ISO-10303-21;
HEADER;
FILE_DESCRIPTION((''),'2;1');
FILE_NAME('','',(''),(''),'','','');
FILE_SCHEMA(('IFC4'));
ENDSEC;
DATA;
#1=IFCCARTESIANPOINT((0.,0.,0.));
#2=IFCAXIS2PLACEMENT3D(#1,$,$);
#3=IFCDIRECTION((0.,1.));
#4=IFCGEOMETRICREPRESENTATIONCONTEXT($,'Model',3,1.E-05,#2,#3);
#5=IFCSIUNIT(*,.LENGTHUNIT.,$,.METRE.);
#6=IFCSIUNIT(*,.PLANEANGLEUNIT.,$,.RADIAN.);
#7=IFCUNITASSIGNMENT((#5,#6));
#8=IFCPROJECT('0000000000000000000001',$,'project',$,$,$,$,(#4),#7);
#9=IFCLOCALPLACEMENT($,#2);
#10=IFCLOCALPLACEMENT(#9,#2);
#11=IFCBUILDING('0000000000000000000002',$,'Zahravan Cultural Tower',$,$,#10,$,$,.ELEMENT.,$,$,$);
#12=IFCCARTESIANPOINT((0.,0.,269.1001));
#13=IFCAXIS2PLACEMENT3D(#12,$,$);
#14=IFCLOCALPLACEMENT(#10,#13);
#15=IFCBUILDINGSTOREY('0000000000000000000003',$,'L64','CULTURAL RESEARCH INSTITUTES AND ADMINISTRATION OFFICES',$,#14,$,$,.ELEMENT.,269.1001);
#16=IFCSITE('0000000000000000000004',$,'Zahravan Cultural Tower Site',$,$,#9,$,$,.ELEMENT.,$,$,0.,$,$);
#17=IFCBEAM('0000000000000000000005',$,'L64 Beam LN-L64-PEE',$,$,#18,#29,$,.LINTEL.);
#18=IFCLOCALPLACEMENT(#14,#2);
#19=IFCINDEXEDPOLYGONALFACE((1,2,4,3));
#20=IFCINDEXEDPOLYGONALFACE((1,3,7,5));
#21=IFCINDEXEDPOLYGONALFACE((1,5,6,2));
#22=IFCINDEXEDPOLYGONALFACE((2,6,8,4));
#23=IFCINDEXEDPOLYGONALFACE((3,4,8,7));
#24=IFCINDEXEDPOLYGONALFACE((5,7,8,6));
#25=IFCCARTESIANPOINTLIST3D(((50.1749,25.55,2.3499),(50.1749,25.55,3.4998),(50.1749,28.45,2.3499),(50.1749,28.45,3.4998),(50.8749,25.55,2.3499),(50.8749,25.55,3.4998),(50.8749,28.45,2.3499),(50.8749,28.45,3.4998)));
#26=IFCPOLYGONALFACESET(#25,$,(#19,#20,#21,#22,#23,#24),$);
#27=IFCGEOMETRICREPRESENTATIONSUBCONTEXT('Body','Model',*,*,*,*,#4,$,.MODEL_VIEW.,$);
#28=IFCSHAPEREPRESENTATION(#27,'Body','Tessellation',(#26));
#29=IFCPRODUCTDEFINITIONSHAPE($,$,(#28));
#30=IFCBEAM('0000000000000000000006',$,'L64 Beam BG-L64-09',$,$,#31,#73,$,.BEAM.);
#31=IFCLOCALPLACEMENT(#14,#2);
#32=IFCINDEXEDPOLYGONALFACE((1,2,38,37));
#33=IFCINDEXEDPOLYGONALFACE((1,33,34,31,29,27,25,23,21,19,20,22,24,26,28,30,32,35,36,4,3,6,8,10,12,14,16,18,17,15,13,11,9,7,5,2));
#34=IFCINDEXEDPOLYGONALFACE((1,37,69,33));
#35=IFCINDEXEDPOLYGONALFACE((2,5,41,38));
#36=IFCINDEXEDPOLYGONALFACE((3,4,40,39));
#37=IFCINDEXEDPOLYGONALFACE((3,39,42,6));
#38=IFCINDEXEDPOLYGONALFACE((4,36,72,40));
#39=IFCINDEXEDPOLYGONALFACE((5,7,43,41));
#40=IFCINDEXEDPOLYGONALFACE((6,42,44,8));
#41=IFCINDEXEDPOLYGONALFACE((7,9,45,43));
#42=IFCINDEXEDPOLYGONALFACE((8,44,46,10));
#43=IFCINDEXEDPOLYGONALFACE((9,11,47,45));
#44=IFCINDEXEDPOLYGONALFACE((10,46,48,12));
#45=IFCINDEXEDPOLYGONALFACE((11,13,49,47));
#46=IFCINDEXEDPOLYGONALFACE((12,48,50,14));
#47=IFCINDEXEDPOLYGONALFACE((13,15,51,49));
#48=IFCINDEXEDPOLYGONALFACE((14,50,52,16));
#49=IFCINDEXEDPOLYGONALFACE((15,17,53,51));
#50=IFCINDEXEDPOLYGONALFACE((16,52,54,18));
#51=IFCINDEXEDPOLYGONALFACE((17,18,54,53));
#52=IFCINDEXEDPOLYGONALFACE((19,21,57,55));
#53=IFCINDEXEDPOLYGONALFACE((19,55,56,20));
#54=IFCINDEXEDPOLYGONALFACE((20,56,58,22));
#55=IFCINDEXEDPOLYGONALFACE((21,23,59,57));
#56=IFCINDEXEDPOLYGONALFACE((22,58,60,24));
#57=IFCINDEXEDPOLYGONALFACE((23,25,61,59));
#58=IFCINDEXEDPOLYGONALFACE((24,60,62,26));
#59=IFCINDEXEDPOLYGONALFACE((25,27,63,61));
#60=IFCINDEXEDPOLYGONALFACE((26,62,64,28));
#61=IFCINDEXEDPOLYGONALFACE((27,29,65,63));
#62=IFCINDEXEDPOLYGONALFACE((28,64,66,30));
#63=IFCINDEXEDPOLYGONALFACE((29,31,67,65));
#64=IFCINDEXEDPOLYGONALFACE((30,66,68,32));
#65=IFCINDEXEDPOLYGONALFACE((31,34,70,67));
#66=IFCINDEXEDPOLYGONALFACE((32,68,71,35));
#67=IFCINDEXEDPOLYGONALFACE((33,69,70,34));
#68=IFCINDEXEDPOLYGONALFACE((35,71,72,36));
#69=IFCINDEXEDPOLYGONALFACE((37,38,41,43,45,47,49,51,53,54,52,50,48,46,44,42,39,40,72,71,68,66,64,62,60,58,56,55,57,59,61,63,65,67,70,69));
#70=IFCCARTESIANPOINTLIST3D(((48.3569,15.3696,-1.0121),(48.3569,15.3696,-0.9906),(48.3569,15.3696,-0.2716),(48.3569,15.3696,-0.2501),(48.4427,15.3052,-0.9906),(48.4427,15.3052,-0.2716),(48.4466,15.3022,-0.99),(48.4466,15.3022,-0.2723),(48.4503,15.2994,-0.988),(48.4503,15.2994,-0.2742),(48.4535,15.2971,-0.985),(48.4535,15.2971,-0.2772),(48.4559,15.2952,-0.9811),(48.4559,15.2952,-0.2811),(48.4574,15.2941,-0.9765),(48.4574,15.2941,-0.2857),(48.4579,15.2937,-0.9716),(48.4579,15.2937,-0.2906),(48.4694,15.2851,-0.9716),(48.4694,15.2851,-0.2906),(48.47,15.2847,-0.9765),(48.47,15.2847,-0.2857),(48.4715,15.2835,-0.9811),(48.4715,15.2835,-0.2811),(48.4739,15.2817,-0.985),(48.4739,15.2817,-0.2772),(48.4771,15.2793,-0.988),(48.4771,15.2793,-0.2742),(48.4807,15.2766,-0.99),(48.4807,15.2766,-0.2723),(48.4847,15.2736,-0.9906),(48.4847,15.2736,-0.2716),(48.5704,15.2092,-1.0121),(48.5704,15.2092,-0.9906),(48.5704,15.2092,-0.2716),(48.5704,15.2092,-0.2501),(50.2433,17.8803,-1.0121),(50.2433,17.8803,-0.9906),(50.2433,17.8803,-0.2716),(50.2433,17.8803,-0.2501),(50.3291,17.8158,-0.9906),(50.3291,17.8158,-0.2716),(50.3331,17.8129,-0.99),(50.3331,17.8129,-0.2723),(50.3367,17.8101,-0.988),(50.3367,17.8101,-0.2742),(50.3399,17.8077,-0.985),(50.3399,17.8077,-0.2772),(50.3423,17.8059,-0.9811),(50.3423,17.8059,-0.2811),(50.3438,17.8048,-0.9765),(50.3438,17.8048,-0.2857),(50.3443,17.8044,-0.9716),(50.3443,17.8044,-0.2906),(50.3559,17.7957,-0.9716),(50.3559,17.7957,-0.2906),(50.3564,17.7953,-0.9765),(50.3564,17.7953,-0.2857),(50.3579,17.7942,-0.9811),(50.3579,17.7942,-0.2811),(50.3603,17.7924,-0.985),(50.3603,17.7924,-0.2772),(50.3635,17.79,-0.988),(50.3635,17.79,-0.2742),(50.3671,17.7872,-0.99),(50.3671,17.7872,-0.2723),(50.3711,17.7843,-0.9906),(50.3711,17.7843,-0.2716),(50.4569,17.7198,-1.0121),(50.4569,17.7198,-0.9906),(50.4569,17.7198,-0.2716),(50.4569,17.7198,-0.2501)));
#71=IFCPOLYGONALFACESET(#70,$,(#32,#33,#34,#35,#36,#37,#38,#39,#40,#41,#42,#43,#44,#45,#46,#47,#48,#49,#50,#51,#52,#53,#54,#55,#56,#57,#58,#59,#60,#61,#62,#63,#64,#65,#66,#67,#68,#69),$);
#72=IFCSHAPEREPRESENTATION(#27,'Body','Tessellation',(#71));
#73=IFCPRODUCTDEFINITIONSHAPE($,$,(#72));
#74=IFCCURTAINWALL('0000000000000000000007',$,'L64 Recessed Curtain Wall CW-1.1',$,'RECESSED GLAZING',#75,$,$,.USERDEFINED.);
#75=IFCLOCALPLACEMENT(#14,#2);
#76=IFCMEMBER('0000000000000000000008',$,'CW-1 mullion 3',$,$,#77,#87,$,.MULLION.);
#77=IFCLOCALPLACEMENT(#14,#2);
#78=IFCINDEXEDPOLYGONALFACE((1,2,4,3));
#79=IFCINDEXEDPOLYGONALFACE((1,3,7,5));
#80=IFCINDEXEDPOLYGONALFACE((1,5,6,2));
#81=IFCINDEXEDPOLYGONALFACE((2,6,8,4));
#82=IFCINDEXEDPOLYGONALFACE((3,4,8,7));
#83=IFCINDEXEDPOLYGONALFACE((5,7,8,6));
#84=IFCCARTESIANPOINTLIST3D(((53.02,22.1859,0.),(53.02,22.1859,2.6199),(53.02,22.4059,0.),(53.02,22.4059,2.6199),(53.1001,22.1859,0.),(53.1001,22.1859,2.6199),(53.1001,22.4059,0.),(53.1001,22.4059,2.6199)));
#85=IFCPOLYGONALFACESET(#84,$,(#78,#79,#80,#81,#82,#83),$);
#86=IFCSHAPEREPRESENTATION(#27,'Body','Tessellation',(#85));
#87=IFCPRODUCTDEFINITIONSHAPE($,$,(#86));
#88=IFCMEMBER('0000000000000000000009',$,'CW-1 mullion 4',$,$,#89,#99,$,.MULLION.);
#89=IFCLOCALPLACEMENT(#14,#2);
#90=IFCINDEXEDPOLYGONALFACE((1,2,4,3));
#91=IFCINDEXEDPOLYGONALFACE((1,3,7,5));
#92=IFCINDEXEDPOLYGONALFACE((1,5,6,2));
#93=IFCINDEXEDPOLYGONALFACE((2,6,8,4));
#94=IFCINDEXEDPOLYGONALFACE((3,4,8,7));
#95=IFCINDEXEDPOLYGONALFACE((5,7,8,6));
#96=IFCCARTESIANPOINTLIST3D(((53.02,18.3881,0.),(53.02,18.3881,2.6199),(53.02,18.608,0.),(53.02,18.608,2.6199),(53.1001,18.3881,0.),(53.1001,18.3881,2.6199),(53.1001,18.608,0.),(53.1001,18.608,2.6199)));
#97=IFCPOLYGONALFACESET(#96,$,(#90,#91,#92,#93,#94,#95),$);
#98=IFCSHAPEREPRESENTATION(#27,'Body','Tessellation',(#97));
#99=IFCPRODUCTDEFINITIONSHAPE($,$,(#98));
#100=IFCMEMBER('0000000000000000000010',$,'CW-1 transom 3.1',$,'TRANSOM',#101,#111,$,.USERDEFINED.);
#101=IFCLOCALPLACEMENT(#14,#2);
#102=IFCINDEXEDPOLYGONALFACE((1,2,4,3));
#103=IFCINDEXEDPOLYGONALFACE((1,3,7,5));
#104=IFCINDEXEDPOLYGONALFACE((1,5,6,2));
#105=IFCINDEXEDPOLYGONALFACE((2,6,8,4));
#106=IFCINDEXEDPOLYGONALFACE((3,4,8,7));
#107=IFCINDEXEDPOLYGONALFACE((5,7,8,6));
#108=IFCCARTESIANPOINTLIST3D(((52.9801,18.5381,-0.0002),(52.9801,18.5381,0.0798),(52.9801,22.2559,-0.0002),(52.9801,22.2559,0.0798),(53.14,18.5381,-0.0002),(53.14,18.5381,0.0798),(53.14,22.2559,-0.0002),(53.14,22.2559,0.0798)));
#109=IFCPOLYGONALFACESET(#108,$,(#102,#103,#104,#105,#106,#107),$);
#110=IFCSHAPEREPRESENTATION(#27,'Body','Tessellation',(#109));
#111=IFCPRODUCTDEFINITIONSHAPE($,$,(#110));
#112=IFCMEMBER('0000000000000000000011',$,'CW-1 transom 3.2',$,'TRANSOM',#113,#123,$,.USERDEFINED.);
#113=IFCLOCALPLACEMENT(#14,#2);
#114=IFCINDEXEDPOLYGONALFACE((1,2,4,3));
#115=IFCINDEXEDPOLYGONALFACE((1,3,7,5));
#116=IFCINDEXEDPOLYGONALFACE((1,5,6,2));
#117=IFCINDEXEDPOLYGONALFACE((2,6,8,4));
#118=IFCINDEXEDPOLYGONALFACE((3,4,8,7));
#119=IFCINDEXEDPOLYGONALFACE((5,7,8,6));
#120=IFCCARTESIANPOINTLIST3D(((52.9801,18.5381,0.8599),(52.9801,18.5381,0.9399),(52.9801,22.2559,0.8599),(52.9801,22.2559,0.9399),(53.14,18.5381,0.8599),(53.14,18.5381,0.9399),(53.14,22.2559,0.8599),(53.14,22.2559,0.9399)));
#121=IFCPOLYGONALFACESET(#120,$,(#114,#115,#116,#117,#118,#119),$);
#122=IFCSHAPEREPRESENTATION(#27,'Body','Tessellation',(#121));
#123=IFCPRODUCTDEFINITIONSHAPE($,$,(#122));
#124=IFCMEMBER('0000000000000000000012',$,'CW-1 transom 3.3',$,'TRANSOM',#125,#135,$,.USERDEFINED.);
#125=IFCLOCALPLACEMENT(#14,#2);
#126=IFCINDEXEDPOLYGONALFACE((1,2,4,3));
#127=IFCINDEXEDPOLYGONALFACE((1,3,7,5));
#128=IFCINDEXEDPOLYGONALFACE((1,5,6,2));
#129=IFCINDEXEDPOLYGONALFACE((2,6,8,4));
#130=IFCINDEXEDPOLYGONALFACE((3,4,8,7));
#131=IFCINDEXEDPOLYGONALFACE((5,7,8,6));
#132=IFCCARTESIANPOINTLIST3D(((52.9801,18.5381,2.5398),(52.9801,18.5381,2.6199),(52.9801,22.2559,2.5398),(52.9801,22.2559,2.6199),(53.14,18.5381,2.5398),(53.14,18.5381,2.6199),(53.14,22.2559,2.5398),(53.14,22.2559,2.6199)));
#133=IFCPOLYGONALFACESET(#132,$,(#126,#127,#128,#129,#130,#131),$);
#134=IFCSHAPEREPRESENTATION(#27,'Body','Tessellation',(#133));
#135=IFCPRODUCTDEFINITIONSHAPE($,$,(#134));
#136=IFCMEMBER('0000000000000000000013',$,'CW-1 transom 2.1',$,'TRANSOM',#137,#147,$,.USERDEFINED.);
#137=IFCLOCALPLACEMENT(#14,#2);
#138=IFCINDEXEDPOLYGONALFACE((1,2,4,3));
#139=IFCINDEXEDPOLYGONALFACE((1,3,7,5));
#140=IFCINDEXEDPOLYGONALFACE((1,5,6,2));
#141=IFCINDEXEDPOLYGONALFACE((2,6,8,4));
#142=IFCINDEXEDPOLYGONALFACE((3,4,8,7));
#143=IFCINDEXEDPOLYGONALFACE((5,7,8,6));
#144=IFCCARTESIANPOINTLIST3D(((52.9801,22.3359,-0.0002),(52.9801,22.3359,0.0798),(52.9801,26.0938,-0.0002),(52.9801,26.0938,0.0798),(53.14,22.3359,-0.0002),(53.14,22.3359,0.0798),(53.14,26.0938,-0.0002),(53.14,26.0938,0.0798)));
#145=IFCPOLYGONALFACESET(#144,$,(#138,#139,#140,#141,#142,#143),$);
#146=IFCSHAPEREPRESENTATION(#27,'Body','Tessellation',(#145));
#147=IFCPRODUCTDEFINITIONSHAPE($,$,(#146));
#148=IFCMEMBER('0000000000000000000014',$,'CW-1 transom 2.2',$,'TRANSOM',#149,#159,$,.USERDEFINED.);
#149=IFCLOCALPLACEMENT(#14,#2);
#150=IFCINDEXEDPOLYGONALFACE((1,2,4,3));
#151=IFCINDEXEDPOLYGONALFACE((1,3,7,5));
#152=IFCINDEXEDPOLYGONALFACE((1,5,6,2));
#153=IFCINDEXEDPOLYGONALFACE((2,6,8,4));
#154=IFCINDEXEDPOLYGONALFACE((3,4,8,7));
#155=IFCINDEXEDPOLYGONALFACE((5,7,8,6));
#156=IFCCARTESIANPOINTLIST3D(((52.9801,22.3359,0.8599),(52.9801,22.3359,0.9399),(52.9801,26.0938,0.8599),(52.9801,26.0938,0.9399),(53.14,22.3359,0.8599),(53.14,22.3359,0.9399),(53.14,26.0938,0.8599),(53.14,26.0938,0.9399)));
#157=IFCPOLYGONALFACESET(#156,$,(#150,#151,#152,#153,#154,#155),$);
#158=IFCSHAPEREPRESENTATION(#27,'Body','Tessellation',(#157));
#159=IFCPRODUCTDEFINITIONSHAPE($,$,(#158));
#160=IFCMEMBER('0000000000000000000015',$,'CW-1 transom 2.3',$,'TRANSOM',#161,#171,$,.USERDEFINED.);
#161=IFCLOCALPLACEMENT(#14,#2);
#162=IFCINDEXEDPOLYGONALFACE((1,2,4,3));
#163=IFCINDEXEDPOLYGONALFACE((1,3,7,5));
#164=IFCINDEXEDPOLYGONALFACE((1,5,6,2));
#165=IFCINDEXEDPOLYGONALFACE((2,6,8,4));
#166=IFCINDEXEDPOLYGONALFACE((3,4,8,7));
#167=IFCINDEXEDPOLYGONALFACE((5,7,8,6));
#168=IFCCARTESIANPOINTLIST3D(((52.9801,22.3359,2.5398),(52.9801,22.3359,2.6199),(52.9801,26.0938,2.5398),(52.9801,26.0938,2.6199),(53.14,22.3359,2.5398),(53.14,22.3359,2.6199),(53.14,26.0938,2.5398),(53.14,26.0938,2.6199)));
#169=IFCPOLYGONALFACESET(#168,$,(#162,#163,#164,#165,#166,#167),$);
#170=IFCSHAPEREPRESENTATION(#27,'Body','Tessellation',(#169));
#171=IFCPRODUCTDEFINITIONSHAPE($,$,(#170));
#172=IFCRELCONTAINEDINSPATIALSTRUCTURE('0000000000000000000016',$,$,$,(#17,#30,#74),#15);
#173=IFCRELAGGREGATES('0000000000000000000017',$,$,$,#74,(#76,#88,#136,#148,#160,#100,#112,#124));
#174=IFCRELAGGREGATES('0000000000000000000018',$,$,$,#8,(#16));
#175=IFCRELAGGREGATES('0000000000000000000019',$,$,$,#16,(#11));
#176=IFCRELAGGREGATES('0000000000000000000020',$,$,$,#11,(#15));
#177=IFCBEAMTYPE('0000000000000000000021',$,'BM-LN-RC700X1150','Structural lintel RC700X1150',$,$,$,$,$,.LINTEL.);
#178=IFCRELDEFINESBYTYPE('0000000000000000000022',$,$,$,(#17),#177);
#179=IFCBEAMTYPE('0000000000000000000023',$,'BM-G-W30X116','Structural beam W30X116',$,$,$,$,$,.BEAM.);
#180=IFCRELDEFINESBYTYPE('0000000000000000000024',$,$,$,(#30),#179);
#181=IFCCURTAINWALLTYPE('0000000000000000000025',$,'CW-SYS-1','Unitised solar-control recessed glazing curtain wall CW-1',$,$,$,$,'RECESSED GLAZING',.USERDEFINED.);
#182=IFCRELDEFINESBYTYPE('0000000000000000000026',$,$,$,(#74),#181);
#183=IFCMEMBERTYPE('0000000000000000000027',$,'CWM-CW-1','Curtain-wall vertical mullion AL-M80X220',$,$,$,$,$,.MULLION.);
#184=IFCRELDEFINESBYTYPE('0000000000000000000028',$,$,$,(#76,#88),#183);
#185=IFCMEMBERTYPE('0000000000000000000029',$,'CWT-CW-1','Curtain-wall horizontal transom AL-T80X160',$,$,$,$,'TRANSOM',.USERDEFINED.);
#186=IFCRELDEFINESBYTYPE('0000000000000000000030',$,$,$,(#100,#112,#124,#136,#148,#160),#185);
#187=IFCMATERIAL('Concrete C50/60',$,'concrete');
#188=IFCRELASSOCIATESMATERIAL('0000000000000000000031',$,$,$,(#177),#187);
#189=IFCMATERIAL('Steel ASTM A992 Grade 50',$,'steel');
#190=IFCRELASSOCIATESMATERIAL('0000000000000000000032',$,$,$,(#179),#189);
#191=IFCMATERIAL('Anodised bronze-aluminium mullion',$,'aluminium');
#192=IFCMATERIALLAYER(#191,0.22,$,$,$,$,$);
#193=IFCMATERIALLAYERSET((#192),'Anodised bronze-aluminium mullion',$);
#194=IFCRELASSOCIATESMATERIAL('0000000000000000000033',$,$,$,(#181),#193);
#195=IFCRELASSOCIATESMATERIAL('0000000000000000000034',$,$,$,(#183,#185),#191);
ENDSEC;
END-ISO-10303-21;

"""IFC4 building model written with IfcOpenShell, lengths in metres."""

from ifc_helpers import new_model, si_unit, direction, frame, origin, origin_2d, place, context, subcontext, project, spatial, rectangle, i_section, extrude, source, transform, mapped, material, layer, layer_set, material_profile, profile_set, type_object, element, aggregate, save


model = new_model("IFC4")

# Units and contexts
model_context = context("Model", 3, precision=1e-05, world=origin(), true_north=direction((0.0, 1.0)))
body_context = subcontext(model_context, "Body", "Model", "MODEL_VIEW")
ifc_project = project(units=[si_unit("LENGTHUNIT", "METRE"), si_unit("PLANEANGLEUNIT", "RADIAN")], contexts=[model_context])

# Site, building, storey
site_placement = place(None, origin())
site = spatial("IfcSite", under=ifc_project, at=site_placement, Name="Zahravan Cultural Tower Site", CompositionType="ELEMENT", RefElevation=0.0)
building_placement = place(site_placement, origin())
building = spatial("IfcBuilding", under=site, at=building_placement, Name="Zahravan Cultural Tower", CompositionType="ELEMENT")
storey_placement = place(building_placement, frame((0.0, 0.0, 269.1001)))
storey = spatial("IfcBuildingStorey", under=building, at=storey_placement, Name="L64", Description="CULTURAL RESEARCH INSTITUTES AND ADMINISTRATION OFFICES", CompositionType="ELEMENT", Elevation=269.1001)

# Beams
ifc_material_1 = material(Name="Concrete C50/60", Category="concrete")
ifc_material_profile_1 = material_profile(ifc_material_1, rectangle(XDim=0.7, YDim=1.1499, at=origin_2d()), Name="RC700X1150")
ifc_profile_set_1 = profile_set([ifc_material_profile_1], Name="Concrete C50/60")
beam_type_1 = type_object("IfcBeamType", Name="BM-LN-RC700X1150", Description="Structural lintel RC700X1150", PredefinedType="LINTEL", material=ifc_profile_set_1)
shared_shape_1 = source(origin(), body_context, "Body", "SweptSolid", [
    extrude(rectangle(XDim=0.7, YDim=1.1499, at=origin_2d()), origin(), (0.0, 0.0, 1.0), 2.8999),
])
beam_1_placement = place(storey_placement, frame((50.5249, 25.55, 2.9248), z_axis=(0.0, 1.0, 0.0), x_axis=(-1.0, 0.0, 0.0)))
element("IfcBeam", 1, at=beam_1_placement, inside=storey, type_object=beam_type_1, Name="L64 Beam LN-L64-PEE", PredefinedType="LINTEL", context=body_context, shape_type="MappedRepresentation", body=[
    mapped(shared_shape_1, transform((0.0, 0.0, 0.0), x_axis=(1.0, 0.0, 0.0), y_axis=(0.0, 1.0, 0.0), z_axis=(0.0, 0.0, 1.0), scale=1.0)),
])
ifc_material_2 = material(Name="Steel ASTM A992 Grade 50", Category="steel")
ifc_material_profile_2 = material_profile(ifc_material_2, i_section(OverallWidth=0.2671, OverallDepth=0.762, WebThickness=0.0144, FlangeThickness=0.0215, FilletRadius=0.019, at=origin_2d()), Name="W30X116")
ifc_profile_set_2 = profile_set([ifc_material_profile_2], Name="Steel ASTM A992 Grade 50")
beam_type_2 = type_object("IfcBeamType", Name="BM-G-W30X116", Description="Structural beam W30X116", PredefinedType="BEAM", material=ifc_profile_set_2)
shared_shape_2 = source(origin(), body_context, "Body", "SweptSolid", [
    extrude(i_section(OverallWidth=0.2671, OverallDepth=0.762, WebThickness=0.0144, FlangeThickness=0.0215, FilletRadius=0.019, at=origin_2d()), origin(), (0.0, 0.0, 1.0), 3.1404),
])
beam_2_placement = place(storey_placement, frame((50.3501, 17.8, -0.6311), z_axis=(-0.600696, -0.799477, 0.0), x_axis=(0.799477, -0.600696, 0.0)))
element("IfcBeam", 2, at=beam_2_placement, inside=storey, type_object=beam_type_2, Name="L64 Beam BG-L64-09", PredefinedType="BEAM", context=body_context, shape_type="MappedRepresentation", body=[
    mapped(shared_shape_2, transform((0.0, 0.0, 0.0), x_axis=(1.0, 0.0, 0.0), y_axis=(0.0, 1.0, 0.0), z_axis=(0.0, 0.0, 1.0), scale=1.0)),
])

# Curtain wall, members
ifc_material_3 = material(Name="Anodised bronze-aluminium mullion", Category="aluminium")
ifc_layer_1 = layer(ifc_material_3, 0.22)
ifc_layer_set_1 = layer_set([ifc_layer_1], Name="Anodised bronze-aluminium mullion")
curtain_wall_type = type_object("IfcCurtainWallType", Name="CW-SYS-1", Description="Unitised solar-control recessed glazing curtain wall CW-1", ElementType="RECESSED GLAZING", PredefinedType="USERDEFINED", material=ifc_layer_set_1)
curtain_wall_placement = place(storey_placement, origin())
curtain_wall = element("IfcCurtainWall", 3, at=curtain_wall_placement, inside=storey, type_object=curtain_wall_type, Name="L64 Recessed Curtain Wall CW-1.1", ObjectType="RECESSED GLAZING", PredefinedType="USERDEFINED")
ifc_material_profile_3 = material_profile(ifc_material_3, rectangle(XDim=0.0801, YDim=0.22, at=origin_2d()), Name="AL-M80X220")
ifc_profile_set_3 = profile_set([ifc_material_profile_3], Name="Anodised bronze-aluminium mullion")
member_type_1 = type_object("IfcMemberType", Name="CWM-CW-1", Description="Curtain-wall vertical mullion AL-M80X220", PredefinedType="MULLION", material=ifc_profile_set_3)
shared_shape_3 = source(origin(), body_context, "Body", "SweptSolid", [
    extrude(rectangle(XDim=0.0801, YDim=0.22, at=origin_2d()), origin(), (0.0, 0.0, 1.0), 2.6199),
])
member_1_placement = place(storey_placement, frame((53.0601, 22.2959, 0.0), z_axis=(0.0, 0.0, 1.0), x_axis=(1.0, 0.0, 0.0)))
member_1 = element("IfcMember", 4, at=member_1_placement, type_object=member_type_1, Name="CW-1 mullion 3", PredefinedType="MULLION", context=body_context, shape_type="MappedRepresentation", body=[
    mapped(shared_shape_3, transform((0.0, 0.0, 0.0), x_axis=(1.0, 0.0, 0.0), y_axis=(0.0, 1.0, 0.0), z_axis=(0.0, 0.0, 1.0), scale=1.0)),
])
member_2_placement = place(storey_placement, frame((53.0601, 18.498, 0.0), z_axis=(0.0, 0.0, 1.0), x_axis=(1.0, 0.0, 0.0)))
member_2 = element("IfcMember", 5, at=member_2_placement, type_object=member_type_1, Name="CW-1 mullion 4", PredefinedType="MULLION", context=body_context, shape_type="MappedRepresentation", body=[
    mapped(shared_shape_3, transform((0.0, 0.0, 0.0), x_axis=(1.0, 0.0, 0.0), y_axis=(0.0, 1.0, 0.0), z_axis=(0.0, 0.0, 1.0), scale=1.0)),
])
ifc_material_profile_4 = material_profile(ifc_material_3, rectangle(XDim=0.1599, YDim=0.0801, at=origin_2d()), Name="AL-T80X160")
ifc_profile_set_4 = profile_set([ifc_material_profile_4], Name="Anodised bronze-aluminium mullion")
member_type_2 = type_object("IfcMemberType", Name="CWT-CW-1", Description="Curtain-wall horizontal transom AL-T80X160", ElementType="TRANSOM", PredefinedType="USERDEFINED", material=ifc_profile_set_4)
shared_shape_4 = source(origin(), body_context, "Body", "SweptSolid", [
    extrude(rectangle(XDim=0.1599, YDim=0.0801, at=origin_2d()), origin(), (0.0, 0.0, 1.0), 3.7178),
])
member_3_placement = place(storey_placement, frame((53.0601, 22.2559, 0.0398), z_axis=(0.0, -1.0, 0.0), x_axis=(1.0, 0.0, 0.0)))
member_3 = element("IfcMember", 6, at=member_3_placement, type_object=member_type_2, Name="CW-1 transom 3.1", ObjectType="TRANSOM", PredefinedType="USERDEFINED", context=body_context, shape_type="MappedRepresentation", body=[
    mapped(shared_shape_4, transform((0.0, 0.0, 0.0), x_axis=(1.0, 0.0, 0.0), y_axis=(0.0, 1.0, 0.0), z_axis=(0.0, 0.0, 1.0), scale=1.0)),
])
member_4_placement = place(storey_placement, frame((53.0601, 22.2559, 0.8999), z_axis=(0.0, -1.0, 0.0), x_axis=(1.0, 0.0, 0.0)))
member_4 = element("IfcMember", 7, at=member_4_placement, type_object=member_type_2, Name="CW-1 transom 3.2", ObjectType="TRANSOM", PredefinedType="USERDEFINED", context=body_context, shape_type="MappedRepresentation", body=[
    mapped(shared_shape_4, transform((0.0, 0.0, 0.0), x_axis=(1.0, 0.0, 0.0), y_axis=(0.0, 1.0, 0.0), z_axis=(0.0, 0.0, 1.0), scale=1.0)),
])
member_5_placement = place(storey_placement, frame((53.0601, 22.2559, 2.5798), z_axis=(0.0, -1.0, 0.0), x_axis=(1.0, 0.0, 0.0)))
member_5 = element("IfcMember", 8, at=member_5_placement, type_object=member_type_2, Name="CW-1 transom 3.3", ObjectType="TRANSOM", PredefinedType="USERDEFINED", context=body_context, shape_type="MappedRepresentation", body=[
    mapped(shared_shape_4, transform((0.0, 0.0, 0.0), x_axis=(1.0, 0.0, 0.0), y_axis=(0.0, 1.0, 0.0), z_axis=(0.0, 0.0, 1.0), scale=1.0)),
])
shared_shape_5 = source(origin(), body_context, "Body", "SweptSolid", [
    extrude(rectangle(XDim=0.1599, YDim=0.0801, at=origin_2d()), origin(), (0.0, 0.0, 1.0), 3.7578),
])
member_6_placement = place(storey_placement, frame((53.0601, 26.0938, 0.0398), z_axis=(0.0, -1.0, 0.0), x_axis=(1.0, 0.0, 0.0)))
member_6 = element("IfcMember", 9, at=member_6_placement, type_object=member_type_2, Name="CW-1 transom 2.1", ObjectType="TRANSOM", PredefinedType="USERDEFINED", context=body_context, shape_type="MappedRepresentation", body=[
    mapped(shared_shape_5, transform((0.0, 0.0, 0.0), x_axis=(1.0, 0.0, 0.0), y_axis=(0.0, 1.0, 0.0), z_axis=(0.0, 0.0, 1.0), scale=1.0)),
])
member_7_placement = place(storey_placement, frame((53.0601, 26.0938, 0.8999), z_axis=(0.0, -1.0, 0.0), x_axis=(1.0, 0.0, 0.0)))
member_7 = element("IfcMember", 10, at=member_7_placement, type_object=member_type_2, Name="CW-1 transom 2.2", ObjectType="TRANSOM", PredefinedType="USERDEFINED", context=body_context, shape_type="MappedRepresentation", body=[
    mapped(shared_shape_5, transform((0.0, 0.0, 0.0), x_axis=(1.0, 0.0, 0.0), y_axis=(0.0, 1.0, 0.0), z_axis=(0.0, 0.0, 1.0), scale=1.0)),
])
member_8_placement = place(storey_placement, frame((53.0601, 26.0938, 2.5798), z_axis=(0.0, -1.0, 0.0), x_axis=(1.0, 0.0, 0.0)))
member_8 = element("IfcMember", 11, at=member_8_placement, type_object=member_type_2, Name="CW-1 transom 2.3", ObjectType="TRANSOM", PredefinedType="USERDEFINED", context=body_context, shape_type="MappedRepresentation", body=[
    mapped(shared_shape_5, transform((0.0, 0.0, 0.0), x_axis=(1.0, 0.0, 0.0), y_axis=(0.0, 1.0, 0.0), z_axis=(0.0, 0.0, 1.0), scale=1.0)),
])
aggregate(curtain_wall, [member_1, member_2, member_6, member_7, member_8, member_3, member_4, member_5])

save(model, "model.ifc")
